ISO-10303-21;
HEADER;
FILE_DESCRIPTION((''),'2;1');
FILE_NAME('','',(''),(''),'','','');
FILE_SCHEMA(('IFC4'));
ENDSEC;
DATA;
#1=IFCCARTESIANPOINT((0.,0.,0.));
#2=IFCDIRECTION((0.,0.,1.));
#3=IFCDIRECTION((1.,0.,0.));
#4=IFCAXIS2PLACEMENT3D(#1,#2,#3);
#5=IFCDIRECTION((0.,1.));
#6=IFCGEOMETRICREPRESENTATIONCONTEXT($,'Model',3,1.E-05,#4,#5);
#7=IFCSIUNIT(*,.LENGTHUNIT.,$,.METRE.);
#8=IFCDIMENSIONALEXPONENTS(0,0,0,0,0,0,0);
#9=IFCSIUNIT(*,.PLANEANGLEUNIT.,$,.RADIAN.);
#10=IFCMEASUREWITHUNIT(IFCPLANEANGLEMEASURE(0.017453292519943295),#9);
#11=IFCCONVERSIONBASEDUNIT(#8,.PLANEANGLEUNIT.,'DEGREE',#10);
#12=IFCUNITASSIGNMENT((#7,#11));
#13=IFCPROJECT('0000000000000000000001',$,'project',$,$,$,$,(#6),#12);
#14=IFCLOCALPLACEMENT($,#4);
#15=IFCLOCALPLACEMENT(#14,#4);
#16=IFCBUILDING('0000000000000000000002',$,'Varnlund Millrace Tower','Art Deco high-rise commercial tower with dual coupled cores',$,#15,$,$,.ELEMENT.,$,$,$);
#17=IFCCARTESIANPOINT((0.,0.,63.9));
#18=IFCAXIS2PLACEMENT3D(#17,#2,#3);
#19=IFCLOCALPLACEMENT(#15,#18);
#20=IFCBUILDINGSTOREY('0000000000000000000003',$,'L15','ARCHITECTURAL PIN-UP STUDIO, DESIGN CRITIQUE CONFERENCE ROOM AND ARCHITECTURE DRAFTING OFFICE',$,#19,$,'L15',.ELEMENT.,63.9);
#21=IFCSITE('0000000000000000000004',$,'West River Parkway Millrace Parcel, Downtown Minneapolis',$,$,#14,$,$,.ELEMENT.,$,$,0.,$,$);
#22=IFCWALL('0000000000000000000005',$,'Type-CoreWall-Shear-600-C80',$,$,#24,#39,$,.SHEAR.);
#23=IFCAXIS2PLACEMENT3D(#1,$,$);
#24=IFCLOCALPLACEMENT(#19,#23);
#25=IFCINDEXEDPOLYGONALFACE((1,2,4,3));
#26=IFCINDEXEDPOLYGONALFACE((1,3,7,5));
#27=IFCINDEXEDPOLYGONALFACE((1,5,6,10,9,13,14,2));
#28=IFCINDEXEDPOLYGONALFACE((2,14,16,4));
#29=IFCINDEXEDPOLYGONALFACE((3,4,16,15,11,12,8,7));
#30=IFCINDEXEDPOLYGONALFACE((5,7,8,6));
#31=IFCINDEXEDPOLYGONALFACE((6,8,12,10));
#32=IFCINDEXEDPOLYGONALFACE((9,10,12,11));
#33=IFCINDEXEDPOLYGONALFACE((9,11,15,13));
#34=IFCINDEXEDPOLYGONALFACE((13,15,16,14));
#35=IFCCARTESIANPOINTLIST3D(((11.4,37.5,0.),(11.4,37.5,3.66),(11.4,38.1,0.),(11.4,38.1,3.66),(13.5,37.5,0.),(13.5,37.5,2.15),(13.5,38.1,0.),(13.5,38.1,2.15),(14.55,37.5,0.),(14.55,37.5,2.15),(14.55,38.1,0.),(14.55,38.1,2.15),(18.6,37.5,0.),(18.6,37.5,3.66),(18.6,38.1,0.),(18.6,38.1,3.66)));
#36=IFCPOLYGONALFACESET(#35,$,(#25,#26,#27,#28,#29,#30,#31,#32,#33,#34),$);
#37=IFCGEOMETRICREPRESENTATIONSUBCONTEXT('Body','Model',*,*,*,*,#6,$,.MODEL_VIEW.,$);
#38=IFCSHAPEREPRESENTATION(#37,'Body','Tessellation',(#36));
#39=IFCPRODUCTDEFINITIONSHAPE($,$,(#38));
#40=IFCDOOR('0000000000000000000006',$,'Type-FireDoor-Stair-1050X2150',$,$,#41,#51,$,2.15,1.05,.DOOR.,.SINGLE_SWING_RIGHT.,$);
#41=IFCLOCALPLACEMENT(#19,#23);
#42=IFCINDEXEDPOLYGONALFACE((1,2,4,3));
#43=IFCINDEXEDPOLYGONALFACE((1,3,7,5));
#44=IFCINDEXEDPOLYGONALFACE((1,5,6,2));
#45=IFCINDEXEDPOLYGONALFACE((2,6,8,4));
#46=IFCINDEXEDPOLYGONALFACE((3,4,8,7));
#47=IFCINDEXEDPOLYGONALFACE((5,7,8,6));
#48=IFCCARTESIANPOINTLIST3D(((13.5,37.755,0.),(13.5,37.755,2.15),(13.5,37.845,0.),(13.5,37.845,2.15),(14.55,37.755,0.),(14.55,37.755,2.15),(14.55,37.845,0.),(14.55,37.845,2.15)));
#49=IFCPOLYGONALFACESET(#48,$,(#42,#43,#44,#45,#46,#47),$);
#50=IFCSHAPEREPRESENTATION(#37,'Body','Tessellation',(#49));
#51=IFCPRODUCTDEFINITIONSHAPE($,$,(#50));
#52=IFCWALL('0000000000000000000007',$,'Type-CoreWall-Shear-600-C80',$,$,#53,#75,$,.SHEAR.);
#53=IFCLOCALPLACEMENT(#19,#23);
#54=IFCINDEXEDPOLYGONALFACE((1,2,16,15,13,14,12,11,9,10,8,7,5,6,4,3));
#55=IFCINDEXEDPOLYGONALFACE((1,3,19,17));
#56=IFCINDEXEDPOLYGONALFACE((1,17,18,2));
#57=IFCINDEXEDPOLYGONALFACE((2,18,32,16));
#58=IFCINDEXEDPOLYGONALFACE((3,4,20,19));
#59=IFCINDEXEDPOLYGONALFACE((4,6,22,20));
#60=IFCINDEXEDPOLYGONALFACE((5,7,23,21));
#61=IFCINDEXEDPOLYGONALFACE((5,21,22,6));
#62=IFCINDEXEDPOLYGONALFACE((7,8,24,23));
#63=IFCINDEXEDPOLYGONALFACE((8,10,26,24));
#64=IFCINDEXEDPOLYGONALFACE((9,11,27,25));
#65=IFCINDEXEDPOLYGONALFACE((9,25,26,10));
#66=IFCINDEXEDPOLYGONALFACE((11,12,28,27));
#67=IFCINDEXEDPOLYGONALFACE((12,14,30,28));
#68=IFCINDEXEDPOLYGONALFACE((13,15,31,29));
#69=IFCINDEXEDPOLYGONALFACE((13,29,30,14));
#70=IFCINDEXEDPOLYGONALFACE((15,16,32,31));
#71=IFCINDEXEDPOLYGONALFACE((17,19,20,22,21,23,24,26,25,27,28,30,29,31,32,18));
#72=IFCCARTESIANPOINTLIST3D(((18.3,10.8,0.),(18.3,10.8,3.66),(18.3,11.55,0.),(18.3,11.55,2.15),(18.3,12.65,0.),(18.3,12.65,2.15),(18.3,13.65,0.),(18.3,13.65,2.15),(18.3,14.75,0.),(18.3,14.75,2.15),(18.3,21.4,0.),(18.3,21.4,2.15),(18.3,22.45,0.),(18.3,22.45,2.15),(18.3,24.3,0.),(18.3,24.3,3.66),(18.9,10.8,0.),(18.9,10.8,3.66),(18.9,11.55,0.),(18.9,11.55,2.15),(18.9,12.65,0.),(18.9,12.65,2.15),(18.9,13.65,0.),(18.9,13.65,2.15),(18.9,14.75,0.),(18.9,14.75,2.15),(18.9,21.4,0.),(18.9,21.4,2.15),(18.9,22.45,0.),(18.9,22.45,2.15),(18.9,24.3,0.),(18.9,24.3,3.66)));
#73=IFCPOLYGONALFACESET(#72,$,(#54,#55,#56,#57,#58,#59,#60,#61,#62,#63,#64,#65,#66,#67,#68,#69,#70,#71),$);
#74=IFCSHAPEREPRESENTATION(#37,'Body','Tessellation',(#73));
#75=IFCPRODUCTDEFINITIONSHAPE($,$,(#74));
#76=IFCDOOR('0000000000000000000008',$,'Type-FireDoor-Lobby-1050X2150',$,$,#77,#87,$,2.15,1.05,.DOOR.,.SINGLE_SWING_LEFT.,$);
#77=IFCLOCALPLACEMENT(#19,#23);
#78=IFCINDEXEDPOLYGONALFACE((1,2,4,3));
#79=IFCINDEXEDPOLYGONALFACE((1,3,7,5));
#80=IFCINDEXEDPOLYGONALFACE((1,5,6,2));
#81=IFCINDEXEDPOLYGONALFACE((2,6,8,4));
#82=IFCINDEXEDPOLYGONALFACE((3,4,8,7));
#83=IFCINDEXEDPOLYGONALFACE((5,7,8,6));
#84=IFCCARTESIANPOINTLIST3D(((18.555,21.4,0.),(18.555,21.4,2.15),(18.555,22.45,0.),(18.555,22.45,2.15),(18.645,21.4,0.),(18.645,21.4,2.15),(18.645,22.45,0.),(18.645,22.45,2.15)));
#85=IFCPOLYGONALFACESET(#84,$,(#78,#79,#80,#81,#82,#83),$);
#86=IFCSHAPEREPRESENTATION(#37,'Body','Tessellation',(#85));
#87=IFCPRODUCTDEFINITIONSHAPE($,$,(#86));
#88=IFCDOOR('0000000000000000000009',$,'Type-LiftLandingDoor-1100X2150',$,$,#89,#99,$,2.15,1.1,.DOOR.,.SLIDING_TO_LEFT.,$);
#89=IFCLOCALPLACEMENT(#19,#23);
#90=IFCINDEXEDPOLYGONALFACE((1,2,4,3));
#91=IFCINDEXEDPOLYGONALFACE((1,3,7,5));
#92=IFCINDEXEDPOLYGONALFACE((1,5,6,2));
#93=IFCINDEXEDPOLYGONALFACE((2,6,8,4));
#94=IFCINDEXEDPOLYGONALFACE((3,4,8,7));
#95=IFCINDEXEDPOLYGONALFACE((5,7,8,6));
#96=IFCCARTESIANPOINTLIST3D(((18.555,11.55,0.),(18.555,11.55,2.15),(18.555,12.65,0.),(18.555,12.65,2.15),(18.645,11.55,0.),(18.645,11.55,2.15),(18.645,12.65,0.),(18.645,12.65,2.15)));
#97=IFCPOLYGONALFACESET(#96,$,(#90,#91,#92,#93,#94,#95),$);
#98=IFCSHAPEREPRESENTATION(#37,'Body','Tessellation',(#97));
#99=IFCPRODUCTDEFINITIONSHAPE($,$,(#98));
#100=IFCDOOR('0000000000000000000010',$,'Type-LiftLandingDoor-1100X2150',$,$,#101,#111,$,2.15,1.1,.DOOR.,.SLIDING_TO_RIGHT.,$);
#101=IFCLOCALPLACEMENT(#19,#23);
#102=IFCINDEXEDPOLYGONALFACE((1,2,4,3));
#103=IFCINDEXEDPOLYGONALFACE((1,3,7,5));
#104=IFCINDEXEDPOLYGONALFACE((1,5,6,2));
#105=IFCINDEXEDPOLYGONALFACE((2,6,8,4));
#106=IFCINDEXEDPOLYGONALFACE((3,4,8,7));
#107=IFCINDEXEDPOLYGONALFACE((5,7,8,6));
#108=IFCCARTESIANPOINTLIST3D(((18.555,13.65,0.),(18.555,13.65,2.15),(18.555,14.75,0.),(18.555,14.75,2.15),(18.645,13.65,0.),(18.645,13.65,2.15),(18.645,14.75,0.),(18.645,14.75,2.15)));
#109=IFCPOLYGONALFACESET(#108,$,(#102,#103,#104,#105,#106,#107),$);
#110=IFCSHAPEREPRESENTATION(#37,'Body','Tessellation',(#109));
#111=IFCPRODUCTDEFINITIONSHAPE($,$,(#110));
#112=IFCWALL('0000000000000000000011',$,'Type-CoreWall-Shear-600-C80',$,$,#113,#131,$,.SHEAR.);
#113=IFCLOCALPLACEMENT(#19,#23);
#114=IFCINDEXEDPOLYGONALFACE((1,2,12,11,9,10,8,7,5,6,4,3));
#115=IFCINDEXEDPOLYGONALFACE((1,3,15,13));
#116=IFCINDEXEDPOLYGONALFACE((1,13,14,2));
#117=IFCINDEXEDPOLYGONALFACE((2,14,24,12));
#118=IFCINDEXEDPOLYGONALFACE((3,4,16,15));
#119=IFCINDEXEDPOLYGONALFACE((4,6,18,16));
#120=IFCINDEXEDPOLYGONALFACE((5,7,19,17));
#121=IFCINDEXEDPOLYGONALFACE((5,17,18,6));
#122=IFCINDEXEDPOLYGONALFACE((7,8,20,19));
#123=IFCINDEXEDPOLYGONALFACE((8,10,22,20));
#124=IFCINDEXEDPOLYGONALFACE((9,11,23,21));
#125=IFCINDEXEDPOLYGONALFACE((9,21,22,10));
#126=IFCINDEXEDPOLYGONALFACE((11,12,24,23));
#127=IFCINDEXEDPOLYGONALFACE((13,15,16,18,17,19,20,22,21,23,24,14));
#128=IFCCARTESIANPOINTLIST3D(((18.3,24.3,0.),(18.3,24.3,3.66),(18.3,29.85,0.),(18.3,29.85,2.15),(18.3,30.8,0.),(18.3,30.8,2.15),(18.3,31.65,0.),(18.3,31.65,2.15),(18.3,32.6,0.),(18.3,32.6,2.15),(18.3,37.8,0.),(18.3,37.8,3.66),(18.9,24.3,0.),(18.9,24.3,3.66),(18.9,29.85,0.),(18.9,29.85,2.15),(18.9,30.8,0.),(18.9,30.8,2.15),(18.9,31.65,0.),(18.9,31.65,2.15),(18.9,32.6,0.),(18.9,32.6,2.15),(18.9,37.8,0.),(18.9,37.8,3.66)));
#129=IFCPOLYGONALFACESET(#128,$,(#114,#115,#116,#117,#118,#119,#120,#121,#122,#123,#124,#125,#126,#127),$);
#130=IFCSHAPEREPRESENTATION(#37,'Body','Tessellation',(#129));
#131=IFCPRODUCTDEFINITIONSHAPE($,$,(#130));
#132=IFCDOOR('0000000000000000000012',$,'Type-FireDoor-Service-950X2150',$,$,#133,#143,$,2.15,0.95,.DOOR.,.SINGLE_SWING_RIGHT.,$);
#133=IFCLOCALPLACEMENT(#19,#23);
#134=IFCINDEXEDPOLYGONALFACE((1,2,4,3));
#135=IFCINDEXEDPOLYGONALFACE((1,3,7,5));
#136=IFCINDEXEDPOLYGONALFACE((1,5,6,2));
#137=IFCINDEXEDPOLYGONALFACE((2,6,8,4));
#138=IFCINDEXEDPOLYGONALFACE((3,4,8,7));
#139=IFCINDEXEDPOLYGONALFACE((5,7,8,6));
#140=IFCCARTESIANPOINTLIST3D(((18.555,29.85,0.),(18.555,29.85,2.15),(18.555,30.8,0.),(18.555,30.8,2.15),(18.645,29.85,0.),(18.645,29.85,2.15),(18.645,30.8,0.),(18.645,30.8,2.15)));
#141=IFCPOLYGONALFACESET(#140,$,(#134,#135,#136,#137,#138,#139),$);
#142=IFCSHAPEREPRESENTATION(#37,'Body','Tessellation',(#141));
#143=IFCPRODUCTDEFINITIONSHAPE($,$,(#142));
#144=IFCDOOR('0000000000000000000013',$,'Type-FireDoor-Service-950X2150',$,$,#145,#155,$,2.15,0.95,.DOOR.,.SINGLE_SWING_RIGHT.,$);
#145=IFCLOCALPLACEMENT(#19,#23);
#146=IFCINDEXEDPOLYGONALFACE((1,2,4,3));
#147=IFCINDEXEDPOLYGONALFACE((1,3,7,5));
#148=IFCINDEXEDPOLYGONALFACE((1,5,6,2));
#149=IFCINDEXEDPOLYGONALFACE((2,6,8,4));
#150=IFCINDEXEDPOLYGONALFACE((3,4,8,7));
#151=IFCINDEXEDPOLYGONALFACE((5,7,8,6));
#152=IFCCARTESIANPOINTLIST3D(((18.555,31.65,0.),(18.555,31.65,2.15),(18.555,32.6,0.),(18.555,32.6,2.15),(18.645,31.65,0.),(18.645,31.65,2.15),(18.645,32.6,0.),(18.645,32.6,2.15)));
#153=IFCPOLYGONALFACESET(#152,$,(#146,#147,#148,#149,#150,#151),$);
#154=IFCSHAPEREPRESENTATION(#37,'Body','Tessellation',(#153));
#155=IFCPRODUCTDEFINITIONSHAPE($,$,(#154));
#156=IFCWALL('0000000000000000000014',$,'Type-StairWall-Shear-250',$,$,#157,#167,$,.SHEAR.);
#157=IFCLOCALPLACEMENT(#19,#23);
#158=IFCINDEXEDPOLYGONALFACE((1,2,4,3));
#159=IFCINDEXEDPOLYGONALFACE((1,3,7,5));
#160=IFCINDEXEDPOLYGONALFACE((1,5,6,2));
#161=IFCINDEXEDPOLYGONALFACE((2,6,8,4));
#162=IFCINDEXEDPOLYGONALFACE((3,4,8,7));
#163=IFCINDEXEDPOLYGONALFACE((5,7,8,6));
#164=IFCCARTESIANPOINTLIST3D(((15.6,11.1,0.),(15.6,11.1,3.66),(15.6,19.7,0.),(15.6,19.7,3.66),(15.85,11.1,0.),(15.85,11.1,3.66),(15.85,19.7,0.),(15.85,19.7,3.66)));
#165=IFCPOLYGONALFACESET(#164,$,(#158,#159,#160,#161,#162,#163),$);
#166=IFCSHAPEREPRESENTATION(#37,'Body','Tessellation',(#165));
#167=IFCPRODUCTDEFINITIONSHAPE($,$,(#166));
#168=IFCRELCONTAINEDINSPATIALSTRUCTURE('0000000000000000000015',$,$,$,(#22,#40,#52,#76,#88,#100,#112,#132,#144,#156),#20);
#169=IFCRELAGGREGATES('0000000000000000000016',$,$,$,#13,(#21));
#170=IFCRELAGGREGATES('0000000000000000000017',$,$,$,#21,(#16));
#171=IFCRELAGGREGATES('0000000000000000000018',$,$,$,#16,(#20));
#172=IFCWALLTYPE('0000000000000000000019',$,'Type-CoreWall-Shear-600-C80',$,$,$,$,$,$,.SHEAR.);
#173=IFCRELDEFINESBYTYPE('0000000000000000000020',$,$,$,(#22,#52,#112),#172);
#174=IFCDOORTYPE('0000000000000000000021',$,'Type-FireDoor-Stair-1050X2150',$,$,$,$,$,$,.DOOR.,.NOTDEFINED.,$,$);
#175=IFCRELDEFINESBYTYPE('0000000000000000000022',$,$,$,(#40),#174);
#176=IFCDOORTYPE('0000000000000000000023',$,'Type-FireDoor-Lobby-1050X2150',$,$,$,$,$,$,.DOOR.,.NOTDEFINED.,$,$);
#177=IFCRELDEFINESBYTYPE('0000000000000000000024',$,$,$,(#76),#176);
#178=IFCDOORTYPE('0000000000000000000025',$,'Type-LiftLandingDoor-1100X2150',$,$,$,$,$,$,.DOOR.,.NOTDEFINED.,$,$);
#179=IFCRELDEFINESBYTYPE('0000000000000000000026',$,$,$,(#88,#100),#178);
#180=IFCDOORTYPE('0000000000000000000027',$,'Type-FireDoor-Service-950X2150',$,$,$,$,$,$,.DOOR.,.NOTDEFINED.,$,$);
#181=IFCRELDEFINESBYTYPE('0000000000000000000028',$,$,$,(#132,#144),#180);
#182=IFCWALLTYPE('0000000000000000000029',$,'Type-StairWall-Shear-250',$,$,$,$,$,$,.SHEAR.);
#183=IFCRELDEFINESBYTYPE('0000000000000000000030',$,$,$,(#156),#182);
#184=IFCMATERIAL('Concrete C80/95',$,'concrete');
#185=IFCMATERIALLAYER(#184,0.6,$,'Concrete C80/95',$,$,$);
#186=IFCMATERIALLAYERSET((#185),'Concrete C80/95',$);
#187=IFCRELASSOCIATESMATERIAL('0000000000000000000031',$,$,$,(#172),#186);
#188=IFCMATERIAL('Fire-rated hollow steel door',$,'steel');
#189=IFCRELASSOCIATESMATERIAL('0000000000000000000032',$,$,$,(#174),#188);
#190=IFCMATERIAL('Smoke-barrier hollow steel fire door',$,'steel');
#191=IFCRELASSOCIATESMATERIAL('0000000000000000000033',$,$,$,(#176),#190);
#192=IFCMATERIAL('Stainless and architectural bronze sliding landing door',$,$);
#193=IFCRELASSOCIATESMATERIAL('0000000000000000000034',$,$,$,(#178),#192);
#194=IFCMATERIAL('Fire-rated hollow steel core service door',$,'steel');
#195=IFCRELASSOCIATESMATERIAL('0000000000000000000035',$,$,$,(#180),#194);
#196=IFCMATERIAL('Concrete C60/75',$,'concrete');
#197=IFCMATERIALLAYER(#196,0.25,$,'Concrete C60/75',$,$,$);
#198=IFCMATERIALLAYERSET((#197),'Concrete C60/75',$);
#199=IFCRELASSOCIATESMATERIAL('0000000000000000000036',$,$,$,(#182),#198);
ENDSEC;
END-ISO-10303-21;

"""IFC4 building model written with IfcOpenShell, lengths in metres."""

from ifc_helpers import new_model, entity, si_unit, converted_unit, direction, frame, origin_with_axes, origin_2d_with_axis, place, context, subcontext, project, spatial, polyline, rectangle, outline, extrude, material, layer, layer_set, type_object, element, fill, save


model = new_model("IFC4")

# Units and contexts
model_context = context("Model", 3, precision=1e-05, world=origin_with_axes(), true_north=direction((0.0, 1.0)))
body_context = subcontext(model_context, "Body", "Model", "MODEL_VIEW")
ifc_project = project(units=[si_unit("LENGTHUNIT", "METRE"), converted_unit("PLANEANGLEUNIT", "DEGREE", entity("IfcPlaneAngleMeasure", 0.017453292519943295), si_unit("PLANEANGLEUNIT", "RADIAN"), dimensions=[0, 0, 0, 0, 0, 0, 0])], contexts=[model_context])

# Site, building, storey
site_placement = place(None, origin_with_axes())
site = spatial("IfcSite", under=ifc_project, at=site_placement, Name="West River Parkway Millrace Parcel, Downtown Minneapolis", CompositionType="ELEMENT", RefElevation=0.0)
building_placement = place(site_placement, origin_with_axes())
building = spatial("IfcBuilding", under=site, at=building_placement, Name="Varnlund Millrace Tower", Description="Art Deco high-rise commercial tower with dual coupled cores", CompositionType="ELEMENT")
storey_placement = place(building_placement, frame((0.0, 0.0, 63.9), z_axis=(0.0, 0.0, 1.0), x_axis=(1.0, 0.0, 0.0)))
storey = spatial("IfcBuildingStorey", under=building, at=storey_placement, Name="L15", Description="ARCHITECTURAL PIN-UP STUDIO, DESIGN CRITIQUE CONFERENCE ROOM AND ARCHITECTURE DRAFTING OFFICE", LongName="L15", CompositionType="ELEMENT", Elevation=63.9)

# Shared definitions
ifc_material_1 = material(Name="Concrete C60/75", Category="concrete")

# Shared definitions
ifc_material_2 = material(Name="Concrete C80/95", Category="concrete")
ifc_layer_1 = layer(ifc_material_2, 0.6, Name="Concrete C80/95")
ifc_layer_set_1 = layer_set([ifc_layer_1], Name="Concrete C80/95")
wall_type_1 = type_object("IfcWallType", Name="Type-CoreWall-Shear-600-C80", PredefinedType="SHEAR", material=ifc_layer_set_1)

# Wall, opening, door
ifc_material_3 = material(Name="Fire-rated hollow steel door", Category="steel")
door_type_1 = type_object("IfcDoorType", Name="Type-FireDoor-Stair-1050X2150", OperationType="NOTDEFINED", PredefinedType="DOOR", material=ifc_material_3)
wall_1_placement = place(storey_placement, frame((11.4, 37.8, 0.0), z_axis=(0.0, 0.0, 1.0), x_axis=(1.0, 0.0, 0.0)))
wall_1 = element("IfcWall", 1, at=wall_1_placement, inside=storey, type_object=wall_type_1, Name="Type-CoreWall-Shear-600-C80", PredefinedType="SHEAR", context=body_context, shape_type="SweptSolid", body=[
    extrude(outline(polyline([(0.0, -0.3), (7.2, -0.3), (7.2, 0.3), (0.0, 0.3), (0.0, -0.3)])), origin_with_axes(), (0.0, 0.0, 1.0), 3.66),
])
opening_1_placement = place(wall_1_placement, frame((2.625, 0.0, 0.0), z_axis=(0.0, 0.0, 1.0), x_axis=(1.0, 0.0, 0.0)))
opening_1 = element("IfcOpeningElement", 2, at=opening_1_placement, cuts=wall_1, PredefinedType="OPENING", context=body_context, shape_type="SweptSolid", body=[
    extrude(rectangle(XDim=1.05, YDim=0.62, at=origin_2d_with_axis()), origin_with_axes(), (0.0, 0.0, 1.0), 2.15),
])
door_1_placement = place(wall_1_placement, frame((2.625, 0.0, 0.0), z_axis=(0.0, 0.0, 1.0), x_axis=(1.0, 0.0, 0.0)))
door_1 = element("IfcDoor", 3, at=door_1_placement, inside=storey, type_object=door_type_1, Name="Type-FireDoor-Stair-1050X2150", OperationType="SINGLE_SWING_RIGHT", OverallHeight=2.15, OverallWidth=1.05, PredefinedType="DOOR", context=body_context, shape_type="SweptSolid", body=[
    extrude(rectangle(XDim=1.05, YDim=0.09, at=origin_2d_with_axis()), origin_with_axes(), (0.0, 0.0, 1.0), 2.15),
])
fill(opening_1, door_1)

# Walls, openings, doors
wall_2_placement = place(storey_placement, frame((18.6, 10.8, 0.0), z_axis=(0.0, 0.0, 1.0), x_axis=(0.0, 1.0, 0.0)))
wall_2 = element("IfcWall", 4, at=wall_2_placement, inside=storey, type_object=wall_type_1, Name="Type-CoreWall-Shear-600-C80", PredefinedType="SHEAR", context=body_context, shape_type="SweptSolid", body=[
    extrude(outline(polyline([(0.0, -0.3), (13.5, -0.3), (13.5, 0.3), (0.0, 0.3), (0.0, -0.3)])), origin_with_axes(), (0.0, 0.0, 1.0), 3.66),
])
opening_2_placement = place(wall_2_placement, frame((1.3, 0.0, 0.0), z_axis=(0.0, 0.0, 1.0), x_axis=(1.0, 0.0, 0.0)))
opening_2 = element("IfcOpeningElement", 5, at=opening_2_placement, cuts=wall_2, PredefinedType="OPENING", context=body_context, shape_type="SweptSolid", body=[
    extrude(rectangle(XDim=1.1, YDim=0.62, at=origin_2d_with_axis()), origin_with_axes(), (0.0, 0.0, 1.0), 2.15),
])
opening_3_placement = place(wall_2_placement, frame((3.4, 0.0, 0.0), z_axis=(0.0, 0.0, 1.0), x_axis=(1.0, 0.0, 0.0)))
opening_3 = element("IfcOpeningElement", 6, at=opening_3_placement, cuts=wall_2, PredefinedType="OPENING", context=body_context, shape_type="SweptSolid", body=[
    extrude(rectangle(XDim=1.1, YDim=0.62, at=origin_2d_with_axis()), origin_with_axes(), (0.0, 0.0, 1.0), 2.15),
])
opening_4_placement = place(wall_2_placement, frame((11.125, 0.0, 0.0), z_axis=(0.0, 0.0, 1.0), x_axis=(1.0, 0.0, 0.0)))
opening_4 = element("IfcOpeningElement", 7, at=opening_4_placement, cuts=wall_2, PredefinedType="OPENING", context=body_context, shape_type="SweptSolid", body=[
    extrude(rectangle(XDim=1.05, YDim=0.62, at=origin_2d_with_axis()), origin_with_axes(), (0.0, 0.0, 1.0), 2.15),
])
ifc_material_4 = material(Name="Smoke-barrier hollow steel fire door", Category="steel")
door_type_2 = type_object("IfcDoorType", Name="Type-FireDoor-Lobby-1050X2150", OperationType="NOTDEFINED", PredefinedType="DOOR", material=ifc_material_4)
door_2_placement = place(wall_2_placement, frame((11.125, 0.0, 0.0), z_axis=(0.0, 0.0, 1.0), x_axis=(1.0, 0.0, 0.0)))
door_2 = element("IfcDoor", 8, at=door_2_placement, inside=storey, type_object=door_type_2, Name="Type-FireDoor-Lobby-1050X2150", OperationType="SINGLE_SWING_LEFT", OverallHeight=2.15, OverallWidth=1.05, PredefinedType="DOOR", context=body_context, shape_type="SweptSolid", body=[
    extrude(rectangle(XDim=1.05, YDim=0.09, at=origin_2d_with_axis()), origin_with_axes(), (0.0, 0.0, 1.0), 2.15),
])
fill(opening_4, door_2)
ifc_material_5 = material(Name="Stainless and architectural bronze sliding landing door")
door_type_3 = type_object("IfcDoorType", Name="Type-LiftLandingDoor-1100X2150", OperationType="NOTDEFINED", PredefinedType="DOOR", material=ifc_material_5)
door_3_placement = place(wall_2_placement, frame((1.3, 0.0, 0.0), z_axis=(0.0, 0.0, 1.0), x_axis=(1.0, 0.0, 0.0)))
door_3 = element("IfcDoor", 9, at=door_3_placement, inside=storey, type_object=door_type_3, Name="Type-LiftLandingDoor-1100X2150", OperationType="SLIDING_TO_LEFT", OverallHeight=2.15, OverallWidth=1.1, PredefinedType="DOOR", context=body_context, shape_type="SweptSolid", body=[
    extrude(rectangle(XDim=1.1, YDim=0.09, at=origin_2d_with_axis()), origin_with_axes(), (0.0, 0.0, 1.0), 2.15),
])
fill(opening_2, door_3)
door_4_placement = place(wall_2_placement, frame((3.4, 0.0, 0.0), z_axis=(0.0, 0.0, 1.0), x_axis=(1.0, 0.0, 0.0)))
door_4 = element("IfcDoor", 10, at=door_4_placement, inside=storey, type_object=door_type_3, Name="Type-LiftLandingDoor-1100X2150", OperationType="SLIDING_TO_RIGHT", OverallHeight=2.15, OverallWidth=1.1, PredefinedType="DOOR", context=body_context, shape_type="SweptSolid", body=[
    extrude(rectangle(XDim=1.1, YDim=0.09, at=origin_2d_with_axis()), origin_with_axes(), (0.0, 0.0, 1.0), 2.15),
])
fill(opening_3, door_4)
wall_3_placement = place(storey_placement, frame((18.6, 24.3, 0.0), z_axis=(0.0, 0.0, 1.0), x_axis=(0.0, 1.0, 0.0)))
wall_3 = element("IfcWall", 11, at=wall_3_placement, inside=storey, type_object=wall_type_1, Name="Type-CoreWall-Shear-600-C80", PredefinedType="SHEAR", context=body_context, shape_type="SweptSolid", body=[
    extrude(outline(polyline([(0.0, -0.3), (13.5, -0.3), (13.5, 0.3), (0.0, 0.3), (0.0, -0.3)])), origin_with_axes(), (0.0, 0.0, 1.0), 3.66),
])
opening_5_placement = place(wall_3_placement, frame((6.025, 0.0, 0.0), z_axis=(0.0, 0.0, 1.0), x_axis=(1.0, 0.0, 0.0)))
opening_5 = element("IfcOpeningElement", 12, at=opening_5_placement, cuts=wall_3, PredefinedType="OPENING", context=body_context, shape_type="SweptSolid", body=[
    extrude(rectangle(XDim=0.95, YDim=0.62, at=origin_2d_with_axis()), origin_with_axes(), (0.0, 0.0, 1.0), 2.15),
])
opening_6_placement = place(wall_3_placement, frame((7.825, 0.0, 0.0), z_axis=(0.0, 0.0, 1.0), x_axis=(1.0, 0.0, 0.0)))
opening_6 = element("IfcOpeningElement", 13, at=opening_6_placement, cuts=wall_3, PredefinedType="OPENING", context=body_context, shape_type="SweptSolid", body=[
    extrude(rectangle(XDim=0.95, YDim=0.62, at=origin_2d_with_axis()), origin_with_axes(), (0.0, 0.0, 1.0), 2.15),
])
ifc_material_6 = material(Name="Fire-rated hollow steel core service door", Category="steel")
door_type_4 = type_object("IfcDoorType", Name="Type-FireDoor-Service-950X2150", OperationType="NOTDEFINED", PredefinedType="DOOR", material=ifc_material_6)
door_5_placement = place(wall_3_placement, frame((6.025, 0.0, 0.0), z_axis=(0.0, 0.0, 1.0), x_axis=(1.0, 0.0, 0.0)))
door_5 = element("IfcDoor", 14, at=door_5_placement, inside=storey, type_object=door_type_4, Name="Type-FireDoor-Service-950X2150", OperationType="SINGLE_SWING_RIGHT", OverallHeight=2.15, OverallWidth=0.95, PredefinedType="DOOR", context=body_context, shape_type="SweptSolid", body=[
    extrude(rectangle(XDim=0.95, YDim=0.09, at=origin_2d_with_axis()), origin_with_axes(), (0.0, 0.0, 1.0), 2.15),
])
fill(opening_5, door_5)
door_6_placement = place(wall_3_placement, frame((7.825, 0.0, 0.0), z_axis=(0.0, 0.0, 1.0), x_axis=(1.0, 0.0, 0.0)))
door_6 = element("IfcDoor", 15, at=door_6_placement, inside=storey, type_object=door_type_4, Name="Type-FireDoor-Service-950X2150", OperationType="SINGLE_SWING_RIGHT", OverallHeight=2.15, OverallWidth=0.95, PredefinedType="DOOR", context=body_context, shape_type="SweptSolid", body=[
    extrude(rectangle(XDim=0.95, YDim=0.09, at=origin_2d_with_axis()), origin_with_axes(), (0.0, 0.0, 1.0), 2.15),
])
fill(opening_6, door_6)

# Wall
ifc_layer_2 = layer(ifc_material_1, 0.25, Name="Concrete C60/75")
ifc_layer_set_2 = layer_set([ifc_layer_2], Name="Concrete C60/75")
wall_type_2 = type_object("IfcWallType", Name="Type-StairWall-Shear-250", PredefinedType="SHEAR", material=ifc_layer_set_2)
wall_4_placement = place(storey_placement, frame((15.725, 11.1, 0.0), z_axis=(0.0, 0.0, 1.0), x_axis=(0.0, 1.0, 0.0)))
element("IfcWall", 16, at=wall_4_placement, inside=storey, type_object=wall_type_2, Name="Type-StairWall-Shear-250", PredefinedType="SHEAR", context=body_context, shape_type="SweptSolid", body=[
    extrude(outline(polyline([(0.0, -0.125), (8.6, -0.125), (8.6, 0.125), (0.0, 0.125), (0.0, -0.125)])), origin_with_axes(), (0.0, 0.0, 1.0), 3.66),
])

save(model, "model.ifc")
